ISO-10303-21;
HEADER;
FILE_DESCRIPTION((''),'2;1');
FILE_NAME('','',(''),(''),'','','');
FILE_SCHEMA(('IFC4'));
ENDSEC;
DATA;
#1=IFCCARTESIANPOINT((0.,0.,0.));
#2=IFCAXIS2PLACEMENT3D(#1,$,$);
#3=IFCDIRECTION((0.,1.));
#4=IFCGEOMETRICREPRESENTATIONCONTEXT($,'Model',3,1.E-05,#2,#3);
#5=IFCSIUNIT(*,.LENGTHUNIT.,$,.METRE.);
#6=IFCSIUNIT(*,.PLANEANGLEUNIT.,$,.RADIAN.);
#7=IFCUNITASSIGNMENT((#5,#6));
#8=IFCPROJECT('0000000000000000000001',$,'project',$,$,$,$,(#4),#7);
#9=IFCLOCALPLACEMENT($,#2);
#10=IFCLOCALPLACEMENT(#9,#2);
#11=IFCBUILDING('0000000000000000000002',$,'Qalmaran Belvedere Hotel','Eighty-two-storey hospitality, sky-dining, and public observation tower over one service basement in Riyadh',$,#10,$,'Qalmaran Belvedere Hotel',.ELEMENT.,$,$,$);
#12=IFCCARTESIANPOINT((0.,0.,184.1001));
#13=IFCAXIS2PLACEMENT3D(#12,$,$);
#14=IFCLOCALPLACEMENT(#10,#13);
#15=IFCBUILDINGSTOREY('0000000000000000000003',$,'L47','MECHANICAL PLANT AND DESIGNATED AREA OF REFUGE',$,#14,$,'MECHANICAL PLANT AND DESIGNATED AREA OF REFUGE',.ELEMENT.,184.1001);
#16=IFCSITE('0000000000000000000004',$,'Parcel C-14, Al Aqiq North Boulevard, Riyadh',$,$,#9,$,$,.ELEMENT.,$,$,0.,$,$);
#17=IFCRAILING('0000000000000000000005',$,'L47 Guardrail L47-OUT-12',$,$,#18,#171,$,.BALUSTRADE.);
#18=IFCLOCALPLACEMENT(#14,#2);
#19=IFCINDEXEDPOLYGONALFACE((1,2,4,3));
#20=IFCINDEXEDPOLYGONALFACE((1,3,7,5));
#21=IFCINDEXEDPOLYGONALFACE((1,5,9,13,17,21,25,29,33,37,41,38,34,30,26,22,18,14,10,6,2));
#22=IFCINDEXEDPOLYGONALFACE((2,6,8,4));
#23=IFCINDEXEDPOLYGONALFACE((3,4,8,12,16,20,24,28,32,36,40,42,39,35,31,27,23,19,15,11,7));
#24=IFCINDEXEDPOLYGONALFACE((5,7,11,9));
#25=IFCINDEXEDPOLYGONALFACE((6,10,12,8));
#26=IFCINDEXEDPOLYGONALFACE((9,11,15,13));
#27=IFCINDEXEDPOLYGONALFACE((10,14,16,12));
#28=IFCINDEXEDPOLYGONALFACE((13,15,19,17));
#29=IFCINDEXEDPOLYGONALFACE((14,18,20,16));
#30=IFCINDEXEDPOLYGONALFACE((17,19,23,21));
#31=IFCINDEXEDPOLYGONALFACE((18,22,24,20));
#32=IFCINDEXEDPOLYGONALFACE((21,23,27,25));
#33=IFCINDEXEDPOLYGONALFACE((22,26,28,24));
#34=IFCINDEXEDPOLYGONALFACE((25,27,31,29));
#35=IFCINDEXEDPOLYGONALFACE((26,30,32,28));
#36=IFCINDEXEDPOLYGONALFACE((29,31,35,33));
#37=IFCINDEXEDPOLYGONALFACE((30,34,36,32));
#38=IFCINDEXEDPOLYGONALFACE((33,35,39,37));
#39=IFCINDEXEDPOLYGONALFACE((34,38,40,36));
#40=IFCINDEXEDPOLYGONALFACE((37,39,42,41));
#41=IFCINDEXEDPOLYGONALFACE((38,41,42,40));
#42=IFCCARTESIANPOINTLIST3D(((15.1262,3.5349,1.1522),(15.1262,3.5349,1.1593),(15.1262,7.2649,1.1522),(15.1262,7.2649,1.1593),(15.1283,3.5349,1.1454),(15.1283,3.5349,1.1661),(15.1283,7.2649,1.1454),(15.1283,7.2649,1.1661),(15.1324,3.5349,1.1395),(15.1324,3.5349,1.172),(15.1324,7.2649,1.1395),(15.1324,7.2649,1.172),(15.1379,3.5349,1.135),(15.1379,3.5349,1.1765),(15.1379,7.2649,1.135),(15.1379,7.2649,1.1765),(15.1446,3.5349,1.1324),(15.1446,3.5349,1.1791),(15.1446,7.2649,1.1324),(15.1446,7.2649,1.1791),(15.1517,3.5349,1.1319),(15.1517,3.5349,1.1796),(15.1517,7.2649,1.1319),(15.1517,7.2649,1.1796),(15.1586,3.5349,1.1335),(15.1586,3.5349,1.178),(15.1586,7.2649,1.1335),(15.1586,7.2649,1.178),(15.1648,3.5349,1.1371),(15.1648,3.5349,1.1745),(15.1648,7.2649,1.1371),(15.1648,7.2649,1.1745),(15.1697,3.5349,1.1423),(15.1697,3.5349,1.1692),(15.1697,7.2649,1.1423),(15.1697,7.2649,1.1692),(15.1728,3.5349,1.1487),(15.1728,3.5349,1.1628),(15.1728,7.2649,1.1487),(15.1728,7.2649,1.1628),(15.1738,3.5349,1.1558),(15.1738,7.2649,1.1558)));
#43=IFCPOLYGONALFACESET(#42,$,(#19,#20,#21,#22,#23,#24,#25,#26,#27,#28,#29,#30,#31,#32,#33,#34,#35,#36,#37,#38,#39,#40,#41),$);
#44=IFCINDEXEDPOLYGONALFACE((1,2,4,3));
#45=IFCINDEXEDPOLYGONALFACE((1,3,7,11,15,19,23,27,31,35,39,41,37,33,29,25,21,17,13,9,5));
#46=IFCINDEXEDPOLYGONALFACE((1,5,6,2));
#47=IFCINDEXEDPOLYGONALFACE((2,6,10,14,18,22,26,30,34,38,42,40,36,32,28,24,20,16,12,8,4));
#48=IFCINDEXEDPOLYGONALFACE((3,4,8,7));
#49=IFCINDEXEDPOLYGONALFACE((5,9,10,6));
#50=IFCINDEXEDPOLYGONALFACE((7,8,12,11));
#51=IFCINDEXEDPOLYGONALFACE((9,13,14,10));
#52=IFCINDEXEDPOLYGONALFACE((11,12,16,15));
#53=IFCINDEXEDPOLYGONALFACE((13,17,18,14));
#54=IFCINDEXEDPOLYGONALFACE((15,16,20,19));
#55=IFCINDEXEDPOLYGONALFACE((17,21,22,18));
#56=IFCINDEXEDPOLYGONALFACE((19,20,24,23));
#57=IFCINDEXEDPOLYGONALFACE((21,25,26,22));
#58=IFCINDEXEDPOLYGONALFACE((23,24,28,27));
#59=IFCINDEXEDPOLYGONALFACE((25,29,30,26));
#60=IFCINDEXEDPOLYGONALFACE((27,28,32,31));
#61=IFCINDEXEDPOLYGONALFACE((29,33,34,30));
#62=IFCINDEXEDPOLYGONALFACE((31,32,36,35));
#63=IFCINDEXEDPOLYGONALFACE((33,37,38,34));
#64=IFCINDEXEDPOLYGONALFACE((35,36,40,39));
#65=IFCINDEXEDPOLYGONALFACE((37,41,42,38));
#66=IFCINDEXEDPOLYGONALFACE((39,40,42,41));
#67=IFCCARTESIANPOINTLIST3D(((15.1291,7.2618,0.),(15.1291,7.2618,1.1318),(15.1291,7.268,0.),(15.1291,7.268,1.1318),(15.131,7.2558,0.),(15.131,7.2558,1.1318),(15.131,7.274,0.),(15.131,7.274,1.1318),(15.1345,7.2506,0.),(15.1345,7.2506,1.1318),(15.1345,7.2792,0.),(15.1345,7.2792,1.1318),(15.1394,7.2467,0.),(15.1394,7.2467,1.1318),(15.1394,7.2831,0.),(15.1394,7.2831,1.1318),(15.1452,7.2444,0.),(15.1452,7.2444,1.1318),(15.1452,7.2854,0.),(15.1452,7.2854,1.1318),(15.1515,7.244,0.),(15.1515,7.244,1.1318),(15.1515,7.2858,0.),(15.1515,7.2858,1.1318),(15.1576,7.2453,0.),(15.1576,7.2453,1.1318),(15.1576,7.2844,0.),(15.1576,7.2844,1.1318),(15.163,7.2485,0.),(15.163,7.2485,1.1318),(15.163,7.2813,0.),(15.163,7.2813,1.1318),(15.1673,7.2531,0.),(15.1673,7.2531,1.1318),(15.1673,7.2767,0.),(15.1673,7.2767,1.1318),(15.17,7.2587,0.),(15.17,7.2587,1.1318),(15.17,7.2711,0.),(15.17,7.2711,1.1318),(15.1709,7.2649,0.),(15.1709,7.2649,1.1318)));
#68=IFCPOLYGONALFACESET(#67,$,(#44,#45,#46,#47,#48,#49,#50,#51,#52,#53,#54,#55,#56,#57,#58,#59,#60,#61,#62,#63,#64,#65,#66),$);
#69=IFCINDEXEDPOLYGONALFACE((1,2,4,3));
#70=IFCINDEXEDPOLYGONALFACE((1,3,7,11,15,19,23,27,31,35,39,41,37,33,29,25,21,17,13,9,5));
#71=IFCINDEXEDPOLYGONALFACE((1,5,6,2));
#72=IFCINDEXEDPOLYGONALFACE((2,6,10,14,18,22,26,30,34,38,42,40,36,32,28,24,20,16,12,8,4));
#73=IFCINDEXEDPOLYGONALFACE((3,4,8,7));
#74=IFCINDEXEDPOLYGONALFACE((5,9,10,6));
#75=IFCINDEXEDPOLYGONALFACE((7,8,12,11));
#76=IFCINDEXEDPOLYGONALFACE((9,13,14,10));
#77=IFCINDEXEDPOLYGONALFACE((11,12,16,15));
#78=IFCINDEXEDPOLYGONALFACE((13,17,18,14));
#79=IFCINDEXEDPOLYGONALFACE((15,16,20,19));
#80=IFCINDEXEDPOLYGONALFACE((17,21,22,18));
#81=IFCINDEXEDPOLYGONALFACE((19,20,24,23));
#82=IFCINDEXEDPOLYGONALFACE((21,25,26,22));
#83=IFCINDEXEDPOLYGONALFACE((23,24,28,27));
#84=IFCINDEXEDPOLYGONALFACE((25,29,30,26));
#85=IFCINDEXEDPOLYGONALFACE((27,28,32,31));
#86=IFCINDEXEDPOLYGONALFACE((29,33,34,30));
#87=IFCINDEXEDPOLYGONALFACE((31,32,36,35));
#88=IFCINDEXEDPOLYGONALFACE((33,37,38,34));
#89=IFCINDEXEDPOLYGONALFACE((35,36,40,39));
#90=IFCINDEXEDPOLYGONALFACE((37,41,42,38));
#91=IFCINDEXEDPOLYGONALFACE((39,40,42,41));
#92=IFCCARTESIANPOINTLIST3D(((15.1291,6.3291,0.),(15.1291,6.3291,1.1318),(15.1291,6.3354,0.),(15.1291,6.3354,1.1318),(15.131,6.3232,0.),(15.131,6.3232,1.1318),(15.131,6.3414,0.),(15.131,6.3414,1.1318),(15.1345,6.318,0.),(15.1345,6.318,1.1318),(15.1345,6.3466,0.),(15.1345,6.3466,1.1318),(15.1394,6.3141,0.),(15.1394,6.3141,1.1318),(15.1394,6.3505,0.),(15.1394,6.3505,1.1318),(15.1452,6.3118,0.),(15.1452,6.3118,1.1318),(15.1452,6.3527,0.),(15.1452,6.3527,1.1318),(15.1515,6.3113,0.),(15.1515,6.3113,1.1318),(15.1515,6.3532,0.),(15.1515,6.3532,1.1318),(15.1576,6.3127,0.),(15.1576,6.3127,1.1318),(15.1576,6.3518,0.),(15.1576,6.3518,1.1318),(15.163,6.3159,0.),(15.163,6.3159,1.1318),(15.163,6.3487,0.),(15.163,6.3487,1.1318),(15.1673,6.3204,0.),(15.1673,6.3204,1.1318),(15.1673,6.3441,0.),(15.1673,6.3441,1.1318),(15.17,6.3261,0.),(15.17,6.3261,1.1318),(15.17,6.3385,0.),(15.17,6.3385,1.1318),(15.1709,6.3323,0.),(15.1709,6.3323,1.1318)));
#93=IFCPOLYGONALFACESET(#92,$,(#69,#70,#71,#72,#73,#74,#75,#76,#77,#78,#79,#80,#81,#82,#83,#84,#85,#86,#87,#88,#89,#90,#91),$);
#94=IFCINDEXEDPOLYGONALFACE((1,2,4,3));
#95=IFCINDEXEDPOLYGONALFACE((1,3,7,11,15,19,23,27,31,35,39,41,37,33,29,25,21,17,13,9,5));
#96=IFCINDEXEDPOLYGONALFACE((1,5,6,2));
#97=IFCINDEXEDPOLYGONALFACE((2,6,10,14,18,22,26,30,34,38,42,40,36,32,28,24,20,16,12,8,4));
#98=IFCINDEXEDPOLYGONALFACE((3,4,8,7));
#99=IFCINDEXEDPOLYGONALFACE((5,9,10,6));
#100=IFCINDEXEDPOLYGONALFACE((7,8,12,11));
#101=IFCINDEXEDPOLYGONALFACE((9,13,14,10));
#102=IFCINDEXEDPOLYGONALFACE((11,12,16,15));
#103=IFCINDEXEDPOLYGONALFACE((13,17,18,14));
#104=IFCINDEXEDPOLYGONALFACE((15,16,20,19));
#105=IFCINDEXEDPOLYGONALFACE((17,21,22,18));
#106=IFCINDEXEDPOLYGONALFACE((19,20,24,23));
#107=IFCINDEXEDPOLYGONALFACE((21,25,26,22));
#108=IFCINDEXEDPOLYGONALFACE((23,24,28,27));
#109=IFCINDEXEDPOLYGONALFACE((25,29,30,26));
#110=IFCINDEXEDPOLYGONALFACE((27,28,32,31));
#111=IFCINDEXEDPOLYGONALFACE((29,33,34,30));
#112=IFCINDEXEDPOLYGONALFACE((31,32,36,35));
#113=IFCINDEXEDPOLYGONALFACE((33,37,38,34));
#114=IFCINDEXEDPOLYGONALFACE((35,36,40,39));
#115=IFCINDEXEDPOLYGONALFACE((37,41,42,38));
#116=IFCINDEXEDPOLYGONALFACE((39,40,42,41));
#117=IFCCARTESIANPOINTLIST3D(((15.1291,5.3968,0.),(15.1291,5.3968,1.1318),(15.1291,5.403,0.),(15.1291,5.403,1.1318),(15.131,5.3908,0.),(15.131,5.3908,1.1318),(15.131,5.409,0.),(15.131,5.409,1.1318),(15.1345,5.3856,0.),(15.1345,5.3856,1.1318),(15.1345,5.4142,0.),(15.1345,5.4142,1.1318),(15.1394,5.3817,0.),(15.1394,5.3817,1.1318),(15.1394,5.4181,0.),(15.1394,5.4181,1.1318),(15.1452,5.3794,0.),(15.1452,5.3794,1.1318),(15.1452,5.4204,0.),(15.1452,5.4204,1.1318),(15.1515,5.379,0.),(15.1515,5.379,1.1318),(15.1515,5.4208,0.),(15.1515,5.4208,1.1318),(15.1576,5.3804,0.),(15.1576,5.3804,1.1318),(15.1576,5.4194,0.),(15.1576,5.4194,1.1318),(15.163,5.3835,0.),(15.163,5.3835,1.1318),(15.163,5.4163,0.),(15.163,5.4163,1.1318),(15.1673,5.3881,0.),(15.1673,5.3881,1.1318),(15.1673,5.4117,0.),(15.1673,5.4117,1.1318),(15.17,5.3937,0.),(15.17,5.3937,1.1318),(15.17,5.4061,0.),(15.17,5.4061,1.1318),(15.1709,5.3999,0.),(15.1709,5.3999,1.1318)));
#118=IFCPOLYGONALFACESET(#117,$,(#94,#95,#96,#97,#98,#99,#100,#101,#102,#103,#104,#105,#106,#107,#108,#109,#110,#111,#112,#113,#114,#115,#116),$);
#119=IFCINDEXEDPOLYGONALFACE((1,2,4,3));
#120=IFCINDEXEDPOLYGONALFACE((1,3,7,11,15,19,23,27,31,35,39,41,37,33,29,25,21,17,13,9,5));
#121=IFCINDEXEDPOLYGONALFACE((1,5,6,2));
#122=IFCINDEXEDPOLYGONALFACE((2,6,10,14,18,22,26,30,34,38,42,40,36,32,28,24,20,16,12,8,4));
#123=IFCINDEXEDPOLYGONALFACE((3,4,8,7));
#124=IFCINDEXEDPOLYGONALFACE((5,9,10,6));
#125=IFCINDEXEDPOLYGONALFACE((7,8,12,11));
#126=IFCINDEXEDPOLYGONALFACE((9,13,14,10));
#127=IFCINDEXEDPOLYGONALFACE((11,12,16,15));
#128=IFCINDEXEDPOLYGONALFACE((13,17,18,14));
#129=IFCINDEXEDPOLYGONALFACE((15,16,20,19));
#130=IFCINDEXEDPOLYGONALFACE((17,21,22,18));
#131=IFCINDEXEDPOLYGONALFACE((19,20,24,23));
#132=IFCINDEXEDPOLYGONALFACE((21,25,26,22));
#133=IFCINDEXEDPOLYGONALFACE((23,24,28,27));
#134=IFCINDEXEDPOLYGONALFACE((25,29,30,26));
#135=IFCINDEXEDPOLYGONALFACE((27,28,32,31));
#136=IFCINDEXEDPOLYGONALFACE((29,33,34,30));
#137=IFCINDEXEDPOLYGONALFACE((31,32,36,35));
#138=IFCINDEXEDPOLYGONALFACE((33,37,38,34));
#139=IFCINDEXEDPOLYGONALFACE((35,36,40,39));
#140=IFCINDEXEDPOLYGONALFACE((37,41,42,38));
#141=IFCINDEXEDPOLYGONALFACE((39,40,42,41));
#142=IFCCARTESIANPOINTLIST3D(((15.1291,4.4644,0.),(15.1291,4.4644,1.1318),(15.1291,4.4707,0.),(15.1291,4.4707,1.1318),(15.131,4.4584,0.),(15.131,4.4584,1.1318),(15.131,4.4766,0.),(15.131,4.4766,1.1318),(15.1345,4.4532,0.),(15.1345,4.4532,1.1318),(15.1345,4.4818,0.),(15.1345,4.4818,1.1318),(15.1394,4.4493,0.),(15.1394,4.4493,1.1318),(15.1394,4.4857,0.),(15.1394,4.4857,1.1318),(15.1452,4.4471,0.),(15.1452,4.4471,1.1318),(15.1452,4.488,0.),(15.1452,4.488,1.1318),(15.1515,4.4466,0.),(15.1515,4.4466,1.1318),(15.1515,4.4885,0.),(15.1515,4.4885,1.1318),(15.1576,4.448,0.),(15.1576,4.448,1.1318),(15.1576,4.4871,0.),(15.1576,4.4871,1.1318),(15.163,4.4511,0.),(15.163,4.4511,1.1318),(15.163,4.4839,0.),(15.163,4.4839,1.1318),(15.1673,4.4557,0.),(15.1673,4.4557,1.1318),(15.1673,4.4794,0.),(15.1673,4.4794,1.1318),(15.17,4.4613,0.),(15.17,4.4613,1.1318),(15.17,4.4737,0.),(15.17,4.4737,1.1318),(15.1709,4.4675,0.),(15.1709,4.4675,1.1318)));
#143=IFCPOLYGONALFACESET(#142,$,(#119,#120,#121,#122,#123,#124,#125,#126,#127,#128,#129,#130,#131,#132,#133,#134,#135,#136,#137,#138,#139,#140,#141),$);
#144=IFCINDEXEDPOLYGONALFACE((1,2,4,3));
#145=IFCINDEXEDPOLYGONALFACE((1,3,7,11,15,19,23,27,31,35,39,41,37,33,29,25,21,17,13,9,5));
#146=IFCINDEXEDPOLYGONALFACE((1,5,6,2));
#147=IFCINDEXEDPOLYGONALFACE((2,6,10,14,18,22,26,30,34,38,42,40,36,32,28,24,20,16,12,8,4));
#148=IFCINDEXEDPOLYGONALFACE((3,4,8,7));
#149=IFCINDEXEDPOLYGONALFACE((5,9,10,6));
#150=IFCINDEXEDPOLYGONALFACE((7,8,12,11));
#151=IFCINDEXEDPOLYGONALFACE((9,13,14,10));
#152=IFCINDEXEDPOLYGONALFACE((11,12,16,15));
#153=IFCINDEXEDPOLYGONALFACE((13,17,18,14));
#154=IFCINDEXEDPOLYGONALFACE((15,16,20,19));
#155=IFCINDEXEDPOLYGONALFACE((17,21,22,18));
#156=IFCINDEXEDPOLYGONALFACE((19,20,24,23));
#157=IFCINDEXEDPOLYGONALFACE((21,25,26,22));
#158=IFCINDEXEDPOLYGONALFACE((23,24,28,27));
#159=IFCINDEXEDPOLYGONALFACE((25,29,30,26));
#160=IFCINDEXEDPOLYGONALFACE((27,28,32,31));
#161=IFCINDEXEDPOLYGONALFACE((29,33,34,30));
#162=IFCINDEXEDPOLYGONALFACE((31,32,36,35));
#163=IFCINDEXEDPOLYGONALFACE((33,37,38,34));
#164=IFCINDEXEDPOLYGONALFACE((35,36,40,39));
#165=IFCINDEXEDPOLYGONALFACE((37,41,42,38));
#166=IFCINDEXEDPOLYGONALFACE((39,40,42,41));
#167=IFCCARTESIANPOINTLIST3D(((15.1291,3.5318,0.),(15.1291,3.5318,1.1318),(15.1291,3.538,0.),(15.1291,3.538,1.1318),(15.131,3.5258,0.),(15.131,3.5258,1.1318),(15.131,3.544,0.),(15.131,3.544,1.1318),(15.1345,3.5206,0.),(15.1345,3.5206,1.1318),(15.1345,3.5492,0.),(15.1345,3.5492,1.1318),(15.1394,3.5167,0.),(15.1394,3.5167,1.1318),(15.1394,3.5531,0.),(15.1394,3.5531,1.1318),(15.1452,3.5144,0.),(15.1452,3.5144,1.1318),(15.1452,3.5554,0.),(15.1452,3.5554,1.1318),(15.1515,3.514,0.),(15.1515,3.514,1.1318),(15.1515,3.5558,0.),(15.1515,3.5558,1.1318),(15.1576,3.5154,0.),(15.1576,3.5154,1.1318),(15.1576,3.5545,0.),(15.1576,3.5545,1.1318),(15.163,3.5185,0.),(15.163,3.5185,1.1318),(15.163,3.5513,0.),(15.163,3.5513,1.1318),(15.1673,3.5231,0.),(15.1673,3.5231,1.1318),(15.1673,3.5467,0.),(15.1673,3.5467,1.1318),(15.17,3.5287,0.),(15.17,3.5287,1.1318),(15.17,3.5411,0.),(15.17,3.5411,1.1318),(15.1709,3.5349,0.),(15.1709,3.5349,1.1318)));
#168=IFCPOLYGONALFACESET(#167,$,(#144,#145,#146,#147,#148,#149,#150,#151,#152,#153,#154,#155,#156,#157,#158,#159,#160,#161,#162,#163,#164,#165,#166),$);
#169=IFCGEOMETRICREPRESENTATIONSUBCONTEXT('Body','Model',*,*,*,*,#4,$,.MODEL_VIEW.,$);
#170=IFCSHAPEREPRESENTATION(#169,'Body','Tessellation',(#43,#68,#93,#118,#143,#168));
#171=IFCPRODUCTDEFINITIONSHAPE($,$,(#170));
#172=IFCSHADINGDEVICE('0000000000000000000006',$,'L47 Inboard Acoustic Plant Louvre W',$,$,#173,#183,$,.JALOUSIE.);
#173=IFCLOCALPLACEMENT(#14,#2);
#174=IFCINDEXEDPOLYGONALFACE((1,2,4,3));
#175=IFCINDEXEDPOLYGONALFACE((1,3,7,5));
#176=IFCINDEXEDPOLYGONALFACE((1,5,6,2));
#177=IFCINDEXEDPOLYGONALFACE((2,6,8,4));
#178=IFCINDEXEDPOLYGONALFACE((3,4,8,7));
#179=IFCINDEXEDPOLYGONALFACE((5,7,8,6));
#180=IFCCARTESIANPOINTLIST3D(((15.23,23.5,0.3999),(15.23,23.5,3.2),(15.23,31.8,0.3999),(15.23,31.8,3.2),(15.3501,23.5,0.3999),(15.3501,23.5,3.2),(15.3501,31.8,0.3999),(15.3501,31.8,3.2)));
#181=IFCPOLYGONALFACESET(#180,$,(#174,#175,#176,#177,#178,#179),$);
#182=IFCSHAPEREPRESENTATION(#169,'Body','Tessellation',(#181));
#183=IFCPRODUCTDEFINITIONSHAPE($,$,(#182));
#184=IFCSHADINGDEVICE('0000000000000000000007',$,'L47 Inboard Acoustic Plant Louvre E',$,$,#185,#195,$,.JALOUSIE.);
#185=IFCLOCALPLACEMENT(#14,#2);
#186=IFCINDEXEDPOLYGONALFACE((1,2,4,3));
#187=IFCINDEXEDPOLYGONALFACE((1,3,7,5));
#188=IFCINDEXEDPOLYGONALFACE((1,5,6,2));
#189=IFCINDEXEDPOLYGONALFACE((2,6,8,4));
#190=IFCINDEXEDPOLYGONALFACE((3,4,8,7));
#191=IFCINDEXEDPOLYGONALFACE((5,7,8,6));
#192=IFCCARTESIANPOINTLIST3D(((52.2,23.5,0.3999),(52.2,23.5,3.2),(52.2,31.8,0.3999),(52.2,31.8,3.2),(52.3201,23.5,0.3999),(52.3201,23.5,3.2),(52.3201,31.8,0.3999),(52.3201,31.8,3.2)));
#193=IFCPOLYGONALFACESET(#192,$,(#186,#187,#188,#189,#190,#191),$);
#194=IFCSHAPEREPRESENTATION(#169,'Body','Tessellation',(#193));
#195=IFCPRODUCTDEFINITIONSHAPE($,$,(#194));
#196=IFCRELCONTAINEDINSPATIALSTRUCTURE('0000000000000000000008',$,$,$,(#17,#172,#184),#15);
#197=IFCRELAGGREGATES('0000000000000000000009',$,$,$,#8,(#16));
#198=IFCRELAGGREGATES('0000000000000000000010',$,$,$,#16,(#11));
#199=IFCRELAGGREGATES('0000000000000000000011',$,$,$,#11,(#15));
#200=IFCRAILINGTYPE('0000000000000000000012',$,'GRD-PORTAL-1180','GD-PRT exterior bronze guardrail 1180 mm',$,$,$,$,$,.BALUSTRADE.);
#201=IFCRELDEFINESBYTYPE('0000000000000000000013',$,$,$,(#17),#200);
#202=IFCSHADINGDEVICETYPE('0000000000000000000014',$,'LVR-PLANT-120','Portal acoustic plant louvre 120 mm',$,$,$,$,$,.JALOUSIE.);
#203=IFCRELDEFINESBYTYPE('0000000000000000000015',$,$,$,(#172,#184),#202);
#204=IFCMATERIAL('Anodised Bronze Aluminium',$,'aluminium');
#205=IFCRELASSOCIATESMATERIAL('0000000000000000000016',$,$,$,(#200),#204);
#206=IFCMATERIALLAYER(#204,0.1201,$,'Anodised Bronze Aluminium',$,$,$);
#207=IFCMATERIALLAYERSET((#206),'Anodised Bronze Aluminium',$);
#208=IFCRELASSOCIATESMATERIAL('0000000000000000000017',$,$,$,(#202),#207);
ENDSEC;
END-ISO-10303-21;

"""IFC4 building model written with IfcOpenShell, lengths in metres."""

from ifc_helpers import new_model, si_unit, direction, frame, origin, origin_2d, place, context, subcontext, project, spatial, polyline, circle, outline, extrude, material, layer, layer_set, type_object, element, save


model = new_model("IFC4")

# Units and contexts
model_context = context("Model", 3, precision=1e-05, world=origin(), true_north=direction((0.0, 1.0)))
body_context = subcontext(model_context, "Body", "Model", "MODEL_VIEW")
ifc_project = project(units=[si_unit("LENGTHUNIT", "METRE"), si_unit("PLANEANGLEUNIT", "RADIAN")], contexts=[model_context])

# Site, building, storey
site_placement = place(None, origin())
site = spatial("IfcSite", under=ifc_project, at=site_placement, Name="Parcel C-14, Al Aqiq North Boulevard, Riyadh", CompositionType="ELEMENT", RefElevation=0.0)
building_placement = place(site_placement, origin())
building = spatial("IfcBuilding", under=site, at=building_placement, Name="Qalmaran Belvedere Hotel", Description="Eighty-two-storey hospitality, sky-dining, and public observation tower over one service basement in Riyadh", LongName="Qalmaran Belvedere Hotel", CompositionType="ELEMENT")
storey_placement = place(building_placement, frame((0.0, 0.0, 184.1001)))
storey = spatial("IfcBuildingStorey", under=building, at=storey_placement, Name="L47", Description="MECHANICAL PLANT AND DESIGNATED AREA OF REFUGE", LongName="MECHANICAL PLANT AND DESIGNATED AREA OF REFUGE", CompositionType="ELEMENT", Elevation=184.1001)

# Railing
ifc_material_1 = material(Name="Anodised Bronze Aluminium", Category="aluminium")
railing_type = type_object("IfcRailingType", Name="GRD-PORTAL-1180", Description="GD-PRT exterior bronze guardrail 1180 mm", PredefinedType="BALUSTRADE", material=ifc_material_1)
railing_1_placement = place(storey_placement, frame((15.1499, 7.2649, 0.0)))
element("IfcRailing", 1, at=railing_1_placement, inside=storey, type_object=railing_type, Name="L47 Guardrail L47-OUT-12", PredefinedType="BALUSTRADE", context=body_context, shape_type="SweptSolid", body=[
    extrude(circle(Radius=0.0239, at=origin_2d()), frame((0.0, 0.0, 1.1558), z_axis=(0.0, -1.0, 0.0), x_axis=(1.0, 0.0, 0.0)), (0.0, 0.0, 1.0), 3.73),
    extrude(circle(Radius=0.021, at=origin_2d()), origin(), (0.0, 0.0, 1.0), 1.1318),
    extrude(circle(Radius=0.021, at=origin_2d()), frame((0.0, -0.9326, 0.0)), (0.0, 0.0, 1.0), 1.1318),
    extrude(circle(Radius=0.021, at=origin_2d()), frame((0.0, -1.865, 0.0)), (0.0, 0.0, 1.0), 1.1318),
    extrude(circle(Radius=0.021, at=origin_2d()), frame((0.0, -2.7974, 0.0)), (0.0, 0.0, 1.0), 1.1318),
    extrude(circle(Radius=0.021, at=origin_2d()), frame((0.0, -3.73, 0.0)), (0.0, 0.0, 1.0), 1.1318),
])

# Shading devices
ifc_layer_1 = layer(ifc_material_1, 0.1201, Name="Anodised Bronze Aluminium")
ifc_layer_set_1 = layer_set([ifc_layer_1], Name="Anodised Bronze Aluminium")
shading_device_type = type_object("IfcShadingDeviceType", Name="LVR-PLANT-120", Description="Portal acoustic plant louvre 120 mm", PredefinedType="JALOUSIE", material=ifc_layer_set_1)
shading_device_1_placement = place(storey_placement, frame((0.0, 0.0, 0.3999)))
element("IfcShadingDevice", 2, at=shading_device_1_placement, inside=storey, type_object=shading_device_type, Name="L47 Inboard Acoustic Plant Louvre W", PredefinedType="JALOUSIE", context=body_context, shape_type="SweptSolid", body=[
    extrude(outline(polyline([(15.23, 23.5), (15.3501, 23.5), (15.3501, 31.8), (15.23, 31.8), (15.23, 23.5)])), origin(), (0.0, 0.0, 1.0), 2.8),
])
shading_device_2_placement = place(storey_placement, frame((0.0, 0.0, 0.3999)))
element("IfcShadingDevice", 3, at=shading_device_2_placement, inside=storey, type_object=shading_device_type, Name="L47 Inboard Acoustic Plant Louvre E", PredefinedType="JALOUSIE", context=body_context, shape_type="SweptSolid", body=[
    extrude(outline(polyline([(52.2, 23.5), (52.3201, 23.5), (52.3201, 31.8), (52.2, 31.8), (52.2, 23.5)])), origin(), (0.0, 0.0, 1.0), 2.8),
])

save(model, "model.ifc")
